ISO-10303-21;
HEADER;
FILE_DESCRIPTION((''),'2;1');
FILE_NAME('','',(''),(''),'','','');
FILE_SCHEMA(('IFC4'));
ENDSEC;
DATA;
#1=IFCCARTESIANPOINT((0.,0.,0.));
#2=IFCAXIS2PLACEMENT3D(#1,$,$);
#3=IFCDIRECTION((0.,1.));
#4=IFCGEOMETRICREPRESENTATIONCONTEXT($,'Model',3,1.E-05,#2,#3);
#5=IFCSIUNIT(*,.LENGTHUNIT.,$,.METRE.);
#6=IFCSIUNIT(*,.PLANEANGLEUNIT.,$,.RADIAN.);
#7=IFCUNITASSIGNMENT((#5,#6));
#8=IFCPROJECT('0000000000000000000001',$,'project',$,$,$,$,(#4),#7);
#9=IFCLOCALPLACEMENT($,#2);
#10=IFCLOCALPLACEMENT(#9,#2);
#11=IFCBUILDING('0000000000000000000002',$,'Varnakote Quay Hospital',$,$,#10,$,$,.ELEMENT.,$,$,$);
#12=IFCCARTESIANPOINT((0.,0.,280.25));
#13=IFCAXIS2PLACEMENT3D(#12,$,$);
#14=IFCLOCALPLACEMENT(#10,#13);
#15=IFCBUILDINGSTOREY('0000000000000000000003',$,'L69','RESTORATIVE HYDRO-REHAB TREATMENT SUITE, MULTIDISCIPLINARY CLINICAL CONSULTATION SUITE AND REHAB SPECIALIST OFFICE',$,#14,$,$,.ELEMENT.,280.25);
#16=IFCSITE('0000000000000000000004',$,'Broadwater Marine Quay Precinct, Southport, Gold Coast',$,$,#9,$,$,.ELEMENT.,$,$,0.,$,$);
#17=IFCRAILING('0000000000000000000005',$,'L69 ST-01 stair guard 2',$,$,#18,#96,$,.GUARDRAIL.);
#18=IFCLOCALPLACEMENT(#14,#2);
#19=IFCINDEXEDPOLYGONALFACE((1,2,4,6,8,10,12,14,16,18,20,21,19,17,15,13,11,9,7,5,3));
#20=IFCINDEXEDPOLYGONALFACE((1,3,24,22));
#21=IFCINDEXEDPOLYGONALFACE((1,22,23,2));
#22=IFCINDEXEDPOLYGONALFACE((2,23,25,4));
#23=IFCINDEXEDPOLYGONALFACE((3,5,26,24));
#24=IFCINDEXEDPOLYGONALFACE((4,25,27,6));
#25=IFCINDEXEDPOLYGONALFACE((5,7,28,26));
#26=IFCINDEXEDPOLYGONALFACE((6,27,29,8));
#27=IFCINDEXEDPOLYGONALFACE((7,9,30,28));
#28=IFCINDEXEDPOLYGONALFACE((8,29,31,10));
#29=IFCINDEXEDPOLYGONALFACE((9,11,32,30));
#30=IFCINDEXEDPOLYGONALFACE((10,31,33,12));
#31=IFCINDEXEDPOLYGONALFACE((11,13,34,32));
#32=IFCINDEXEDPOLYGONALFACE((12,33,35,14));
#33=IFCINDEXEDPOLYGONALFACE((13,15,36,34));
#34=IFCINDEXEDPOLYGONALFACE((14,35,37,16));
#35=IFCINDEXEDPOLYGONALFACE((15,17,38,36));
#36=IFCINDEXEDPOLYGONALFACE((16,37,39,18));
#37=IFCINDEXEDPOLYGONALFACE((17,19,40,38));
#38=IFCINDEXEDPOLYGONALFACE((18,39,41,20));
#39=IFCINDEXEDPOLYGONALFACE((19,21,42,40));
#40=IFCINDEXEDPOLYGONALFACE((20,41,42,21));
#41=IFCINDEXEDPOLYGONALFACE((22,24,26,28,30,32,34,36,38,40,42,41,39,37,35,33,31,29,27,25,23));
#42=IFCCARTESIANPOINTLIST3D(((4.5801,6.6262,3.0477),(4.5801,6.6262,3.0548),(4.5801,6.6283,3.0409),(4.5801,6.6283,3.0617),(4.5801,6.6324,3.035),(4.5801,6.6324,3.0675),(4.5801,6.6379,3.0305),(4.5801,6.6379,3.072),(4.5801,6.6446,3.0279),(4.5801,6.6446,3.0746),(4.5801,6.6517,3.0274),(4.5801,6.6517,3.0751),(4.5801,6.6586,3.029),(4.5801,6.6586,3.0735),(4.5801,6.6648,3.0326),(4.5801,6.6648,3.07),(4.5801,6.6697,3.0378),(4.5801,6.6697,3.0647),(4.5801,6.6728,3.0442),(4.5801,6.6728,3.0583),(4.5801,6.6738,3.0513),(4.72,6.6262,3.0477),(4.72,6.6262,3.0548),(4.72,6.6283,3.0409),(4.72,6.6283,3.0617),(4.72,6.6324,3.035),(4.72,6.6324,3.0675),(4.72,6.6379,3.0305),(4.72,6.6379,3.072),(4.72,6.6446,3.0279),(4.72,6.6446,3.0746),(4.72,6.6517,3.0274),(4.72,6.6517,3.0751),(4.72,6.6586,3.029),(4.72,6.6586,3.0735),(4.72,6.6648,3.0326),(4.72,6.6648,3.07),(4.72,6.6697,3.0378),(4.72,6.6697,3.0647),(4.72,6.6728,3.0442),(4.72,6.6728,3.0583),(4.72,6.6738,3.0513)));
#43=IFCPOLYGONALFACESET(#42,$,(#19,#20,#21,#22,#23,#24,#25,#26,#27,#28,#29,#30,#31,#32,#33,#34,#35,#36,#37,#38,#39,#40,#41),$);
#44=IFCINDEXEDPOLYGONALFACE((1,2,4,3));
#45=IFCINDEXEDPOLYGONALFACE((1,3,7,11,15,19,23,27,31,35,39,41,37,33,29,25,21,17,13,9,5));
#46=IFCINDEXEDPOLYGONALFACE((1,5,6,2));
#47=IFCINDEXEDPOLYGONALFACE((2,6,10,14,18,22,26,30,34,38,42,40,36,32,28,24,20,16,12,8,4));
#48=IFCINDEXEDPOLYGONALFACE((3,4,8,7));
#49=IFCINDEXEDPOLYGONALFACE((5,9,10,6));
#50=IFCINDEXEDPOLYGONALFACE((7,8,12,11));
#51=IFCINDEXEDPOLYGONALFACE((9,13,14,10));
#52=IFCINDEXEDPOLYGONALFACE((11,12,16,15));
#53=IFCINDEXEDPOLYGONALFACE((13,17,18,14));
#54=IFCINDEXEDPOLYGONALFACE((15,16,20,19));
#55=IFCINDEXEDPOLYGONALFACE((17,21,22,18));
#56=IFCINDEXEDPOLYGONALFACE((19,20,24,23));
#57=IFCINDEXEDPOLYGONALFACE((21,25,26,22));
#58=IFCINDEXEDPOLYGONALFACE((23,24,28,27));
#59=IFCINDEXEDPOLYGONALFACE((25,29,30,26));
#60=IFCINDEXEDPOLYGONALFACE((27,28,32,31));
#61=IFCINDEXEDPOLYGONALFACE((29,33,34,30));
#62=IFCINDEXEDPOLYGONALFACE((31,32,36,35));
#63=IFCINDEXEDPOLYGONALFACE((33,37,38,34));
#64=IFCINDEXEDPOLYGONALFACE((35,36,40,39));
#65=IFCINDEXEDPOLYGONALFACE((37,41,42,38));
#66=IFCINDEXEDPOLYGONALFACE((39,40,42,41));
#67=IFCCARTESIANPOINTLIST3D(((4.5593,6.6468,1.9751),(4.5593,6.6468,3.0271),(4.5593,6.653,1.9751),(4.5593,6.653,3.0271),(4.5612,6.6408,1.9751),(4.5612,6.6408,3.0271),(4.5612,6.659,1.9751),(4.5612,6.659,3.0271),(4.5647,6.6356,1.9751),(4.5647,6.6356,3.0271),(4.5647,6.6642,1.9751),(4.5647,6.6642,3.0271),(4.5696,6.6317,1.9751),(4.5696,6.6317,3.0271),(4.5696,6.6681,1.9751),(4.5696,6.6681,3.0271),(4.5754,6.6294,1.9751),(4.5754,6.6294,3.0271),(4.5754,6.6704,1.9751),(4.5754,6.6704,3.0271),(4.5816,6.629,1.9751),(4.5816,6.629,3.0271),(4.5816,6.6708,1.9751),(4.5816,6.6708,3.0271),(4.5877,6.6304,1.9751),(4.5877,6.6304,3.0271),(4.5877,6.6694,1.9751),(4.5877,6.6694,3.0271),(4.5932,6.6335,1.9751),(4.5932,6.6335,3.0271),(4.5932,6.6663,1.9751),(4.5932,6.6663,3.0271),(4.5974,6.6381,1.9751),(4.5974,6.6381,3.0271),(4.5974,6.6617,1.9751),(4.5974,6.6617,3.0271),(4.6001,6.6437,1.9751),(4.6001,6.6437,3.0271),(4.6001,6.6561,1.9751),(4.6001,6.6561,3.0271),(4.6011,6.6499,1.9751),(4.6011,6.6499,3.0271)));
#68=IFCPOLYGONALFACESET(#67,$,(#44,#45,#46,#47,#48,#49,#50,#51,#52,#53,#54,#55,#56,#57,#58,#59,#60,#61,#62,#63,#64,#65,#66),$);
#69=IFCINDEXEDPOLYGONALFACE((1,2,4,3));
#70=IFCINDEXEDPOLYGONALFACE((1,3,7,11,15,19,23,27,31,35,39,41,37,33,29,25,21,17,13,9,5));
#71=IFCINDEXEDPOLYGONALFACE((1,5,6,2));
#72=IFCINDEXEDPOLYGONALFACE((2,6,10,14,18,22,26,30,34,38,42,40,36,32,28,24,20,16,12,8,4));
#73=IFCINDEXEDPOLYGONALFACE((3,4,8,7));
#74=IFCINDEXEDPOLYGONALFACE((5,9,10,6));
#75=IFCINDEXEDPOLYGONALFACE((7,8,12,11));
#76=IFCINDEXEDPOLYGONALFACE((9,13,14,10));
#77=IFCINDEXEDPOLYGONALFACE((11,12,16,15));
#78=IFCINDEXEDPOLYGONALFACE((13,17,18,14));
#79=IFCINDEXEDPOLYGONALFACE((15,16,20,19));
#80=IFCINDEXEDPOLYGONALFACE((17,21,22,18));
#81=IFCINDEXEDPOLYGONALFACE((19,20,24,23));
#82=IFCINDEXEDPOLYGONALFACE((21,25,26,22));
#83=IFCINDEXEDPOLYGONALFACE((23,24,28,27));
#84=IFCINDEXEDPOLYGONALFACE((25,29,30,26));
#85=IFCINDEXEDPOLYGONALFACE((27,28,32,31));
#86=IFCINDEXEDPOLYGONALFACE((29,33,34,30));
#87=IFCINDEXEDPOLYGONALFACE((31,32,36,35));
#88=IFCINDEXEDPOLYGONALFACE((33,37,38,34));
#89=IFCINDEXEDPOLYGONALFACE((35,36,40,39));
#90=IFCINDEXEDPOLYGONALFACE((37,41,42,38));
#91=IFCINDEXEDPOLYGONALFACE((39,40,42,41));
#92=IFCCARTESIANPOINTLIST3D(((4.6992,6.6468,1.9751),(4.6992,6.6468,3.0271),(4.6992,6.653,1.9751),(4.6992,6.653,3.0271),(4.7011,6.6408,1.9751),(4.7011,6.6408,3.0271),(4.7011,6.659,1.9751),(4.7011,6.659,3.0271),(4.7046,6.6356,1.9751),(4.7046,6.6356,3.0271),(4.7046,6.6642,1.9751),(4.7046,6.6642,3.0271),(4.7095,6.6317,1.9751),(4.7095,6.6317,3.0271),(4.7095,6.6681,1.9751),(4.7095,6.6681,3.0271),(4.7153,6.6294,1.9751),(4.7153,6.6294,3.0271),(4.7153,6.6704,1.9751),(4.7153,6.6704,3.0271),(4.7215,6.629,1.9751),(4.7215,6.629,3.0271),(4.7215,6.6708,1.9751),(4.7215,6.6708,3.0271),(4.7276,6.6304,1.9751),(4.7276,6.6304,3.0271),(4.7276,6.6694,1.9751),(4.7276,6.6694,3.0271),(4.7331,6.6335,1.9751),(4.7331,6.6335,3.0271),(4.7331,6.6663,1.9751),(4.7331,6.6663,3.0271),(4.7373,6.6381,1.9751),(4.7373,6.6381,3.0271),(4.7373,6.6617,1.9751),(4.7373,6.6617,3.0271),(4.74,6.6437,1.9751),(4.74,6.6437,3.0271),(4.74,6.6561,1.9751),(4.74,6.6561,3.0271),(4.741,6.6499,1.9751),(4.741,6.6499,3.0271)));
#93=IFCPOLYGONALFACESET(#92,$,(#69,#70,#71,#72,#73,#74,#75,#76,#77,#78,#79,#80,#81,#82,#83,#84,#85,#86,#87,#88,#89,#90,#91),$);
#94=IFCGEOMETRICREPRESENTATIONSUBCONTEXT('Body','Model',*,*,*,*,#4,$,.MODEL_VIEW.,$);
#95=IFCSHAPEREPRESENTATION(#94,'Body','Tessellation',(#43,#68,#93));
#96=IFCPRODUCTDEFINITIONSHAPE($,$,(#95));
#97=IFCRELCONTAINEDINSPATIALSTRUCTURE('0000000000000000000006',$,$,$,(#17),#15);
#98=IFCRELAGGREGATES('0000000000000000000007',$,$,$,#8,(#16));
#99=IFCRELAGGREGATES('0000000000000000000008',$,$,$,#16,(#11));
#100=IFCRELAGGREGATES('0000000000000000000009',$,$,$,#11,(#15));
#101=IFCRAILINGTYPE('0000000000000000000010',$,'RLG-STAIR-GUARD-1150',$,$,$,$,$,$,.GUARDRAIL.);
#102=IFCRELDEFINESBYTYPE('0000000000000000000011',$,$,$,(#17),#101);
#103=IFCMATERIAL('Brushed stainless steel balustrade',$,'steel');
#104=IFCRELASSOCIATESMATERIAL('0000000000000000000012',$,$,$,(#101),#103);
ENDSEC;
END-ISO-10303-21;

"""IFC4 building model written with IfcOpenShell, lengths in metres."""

from ifc_helpers import new_model, si_unit, direction, frame, origin, origin_2d, place, context, subcontext, project, spatial, circle, extrude, material, type_object, element, save


model = new_model("IFC4")

# Units and contexts
model_context = context("Model", 3, precision=1e-05, world=origin(), true_north=direction((0.0, 1.0)))
body_context = subcontext(model_context, "Body", "Model", "MODEL_VIEW")
ifc_project = project(units=[si_unit("LENGTHUNIT", "METRE"), si_unit("PLANEANGLEUNIT", "RADIAN")], contexts=[model_context])

# Site, building, storey
site_placement = place(None, origin())
site = spatial("IfcSite", under=ifc_project, at=site_placement, Name="Broadwater Marine Quay Precinct, Southport, Gold Coast", CompositionType="ELEMENT", RefElevation=0.0)
building_placement = place(site_placement, origin())
building = spatial("IfcBuilding", under=site, at=building_placement, Name="Varnakote Quay Hospital", CompositionType="ELEMENT")
storey_placement = place(building_placement, frame((0.0, 0.0, 280.25)))
storey = spatial("IfcBuildingStorey", under=building, at=storey_placement, Name="L69", Description="RESTORATIVE HYDRO-REHAB TREATMENT SUITE, MULTIDISCIPLINARY CLINICAL CONSULTATION SUITE AND REHAB SPECIALIST OFFICE", CompositionType="ELEMENT", Elevation=280.25)

# Railing
ifc_material_1 = material(Name="Brushed stainless steel balustrade", Category="steel")
railing_type_1 = type_object("IfcRailingType", Name="RLG-STAIR-GUARD-1150", PredefinedType="GUARDRAIL", material=ifc_material_1)
railing_1_placement = place(storey_placement, frame((4.5801, 6.6499, 1.9751)))
element("IfcRailing", 1, at=railing_1_placement, inside=storey, type_object=railing_type_1, Name="L69 ST-01 stair guard 2", PredefinedType="GUARDRAIL", context=body_context, shape_type="SweptSolid", body=[
    extrude(circle(Radius=0.0239, at=origin_2d()), frame((0.0, 0.0, 1.0762), z_axis=(1.0, 0.0, 0.0), x_axis=(0.0, 1.0, 0.0)), (0.0, 0.0, 1.0), 0.1399),
    extrude(circle(Radius=0.021, at=origin_2d()), origin(), (0.0, 0.0, 1.0), 1.052),
    extrude(circle(Radius=0.021, at=origin_2d()), frame((0.1399, 0.0, 0.0)), (0.0, 0.0, 1.0), 1.052),
])

save(model, "model.ifc")
